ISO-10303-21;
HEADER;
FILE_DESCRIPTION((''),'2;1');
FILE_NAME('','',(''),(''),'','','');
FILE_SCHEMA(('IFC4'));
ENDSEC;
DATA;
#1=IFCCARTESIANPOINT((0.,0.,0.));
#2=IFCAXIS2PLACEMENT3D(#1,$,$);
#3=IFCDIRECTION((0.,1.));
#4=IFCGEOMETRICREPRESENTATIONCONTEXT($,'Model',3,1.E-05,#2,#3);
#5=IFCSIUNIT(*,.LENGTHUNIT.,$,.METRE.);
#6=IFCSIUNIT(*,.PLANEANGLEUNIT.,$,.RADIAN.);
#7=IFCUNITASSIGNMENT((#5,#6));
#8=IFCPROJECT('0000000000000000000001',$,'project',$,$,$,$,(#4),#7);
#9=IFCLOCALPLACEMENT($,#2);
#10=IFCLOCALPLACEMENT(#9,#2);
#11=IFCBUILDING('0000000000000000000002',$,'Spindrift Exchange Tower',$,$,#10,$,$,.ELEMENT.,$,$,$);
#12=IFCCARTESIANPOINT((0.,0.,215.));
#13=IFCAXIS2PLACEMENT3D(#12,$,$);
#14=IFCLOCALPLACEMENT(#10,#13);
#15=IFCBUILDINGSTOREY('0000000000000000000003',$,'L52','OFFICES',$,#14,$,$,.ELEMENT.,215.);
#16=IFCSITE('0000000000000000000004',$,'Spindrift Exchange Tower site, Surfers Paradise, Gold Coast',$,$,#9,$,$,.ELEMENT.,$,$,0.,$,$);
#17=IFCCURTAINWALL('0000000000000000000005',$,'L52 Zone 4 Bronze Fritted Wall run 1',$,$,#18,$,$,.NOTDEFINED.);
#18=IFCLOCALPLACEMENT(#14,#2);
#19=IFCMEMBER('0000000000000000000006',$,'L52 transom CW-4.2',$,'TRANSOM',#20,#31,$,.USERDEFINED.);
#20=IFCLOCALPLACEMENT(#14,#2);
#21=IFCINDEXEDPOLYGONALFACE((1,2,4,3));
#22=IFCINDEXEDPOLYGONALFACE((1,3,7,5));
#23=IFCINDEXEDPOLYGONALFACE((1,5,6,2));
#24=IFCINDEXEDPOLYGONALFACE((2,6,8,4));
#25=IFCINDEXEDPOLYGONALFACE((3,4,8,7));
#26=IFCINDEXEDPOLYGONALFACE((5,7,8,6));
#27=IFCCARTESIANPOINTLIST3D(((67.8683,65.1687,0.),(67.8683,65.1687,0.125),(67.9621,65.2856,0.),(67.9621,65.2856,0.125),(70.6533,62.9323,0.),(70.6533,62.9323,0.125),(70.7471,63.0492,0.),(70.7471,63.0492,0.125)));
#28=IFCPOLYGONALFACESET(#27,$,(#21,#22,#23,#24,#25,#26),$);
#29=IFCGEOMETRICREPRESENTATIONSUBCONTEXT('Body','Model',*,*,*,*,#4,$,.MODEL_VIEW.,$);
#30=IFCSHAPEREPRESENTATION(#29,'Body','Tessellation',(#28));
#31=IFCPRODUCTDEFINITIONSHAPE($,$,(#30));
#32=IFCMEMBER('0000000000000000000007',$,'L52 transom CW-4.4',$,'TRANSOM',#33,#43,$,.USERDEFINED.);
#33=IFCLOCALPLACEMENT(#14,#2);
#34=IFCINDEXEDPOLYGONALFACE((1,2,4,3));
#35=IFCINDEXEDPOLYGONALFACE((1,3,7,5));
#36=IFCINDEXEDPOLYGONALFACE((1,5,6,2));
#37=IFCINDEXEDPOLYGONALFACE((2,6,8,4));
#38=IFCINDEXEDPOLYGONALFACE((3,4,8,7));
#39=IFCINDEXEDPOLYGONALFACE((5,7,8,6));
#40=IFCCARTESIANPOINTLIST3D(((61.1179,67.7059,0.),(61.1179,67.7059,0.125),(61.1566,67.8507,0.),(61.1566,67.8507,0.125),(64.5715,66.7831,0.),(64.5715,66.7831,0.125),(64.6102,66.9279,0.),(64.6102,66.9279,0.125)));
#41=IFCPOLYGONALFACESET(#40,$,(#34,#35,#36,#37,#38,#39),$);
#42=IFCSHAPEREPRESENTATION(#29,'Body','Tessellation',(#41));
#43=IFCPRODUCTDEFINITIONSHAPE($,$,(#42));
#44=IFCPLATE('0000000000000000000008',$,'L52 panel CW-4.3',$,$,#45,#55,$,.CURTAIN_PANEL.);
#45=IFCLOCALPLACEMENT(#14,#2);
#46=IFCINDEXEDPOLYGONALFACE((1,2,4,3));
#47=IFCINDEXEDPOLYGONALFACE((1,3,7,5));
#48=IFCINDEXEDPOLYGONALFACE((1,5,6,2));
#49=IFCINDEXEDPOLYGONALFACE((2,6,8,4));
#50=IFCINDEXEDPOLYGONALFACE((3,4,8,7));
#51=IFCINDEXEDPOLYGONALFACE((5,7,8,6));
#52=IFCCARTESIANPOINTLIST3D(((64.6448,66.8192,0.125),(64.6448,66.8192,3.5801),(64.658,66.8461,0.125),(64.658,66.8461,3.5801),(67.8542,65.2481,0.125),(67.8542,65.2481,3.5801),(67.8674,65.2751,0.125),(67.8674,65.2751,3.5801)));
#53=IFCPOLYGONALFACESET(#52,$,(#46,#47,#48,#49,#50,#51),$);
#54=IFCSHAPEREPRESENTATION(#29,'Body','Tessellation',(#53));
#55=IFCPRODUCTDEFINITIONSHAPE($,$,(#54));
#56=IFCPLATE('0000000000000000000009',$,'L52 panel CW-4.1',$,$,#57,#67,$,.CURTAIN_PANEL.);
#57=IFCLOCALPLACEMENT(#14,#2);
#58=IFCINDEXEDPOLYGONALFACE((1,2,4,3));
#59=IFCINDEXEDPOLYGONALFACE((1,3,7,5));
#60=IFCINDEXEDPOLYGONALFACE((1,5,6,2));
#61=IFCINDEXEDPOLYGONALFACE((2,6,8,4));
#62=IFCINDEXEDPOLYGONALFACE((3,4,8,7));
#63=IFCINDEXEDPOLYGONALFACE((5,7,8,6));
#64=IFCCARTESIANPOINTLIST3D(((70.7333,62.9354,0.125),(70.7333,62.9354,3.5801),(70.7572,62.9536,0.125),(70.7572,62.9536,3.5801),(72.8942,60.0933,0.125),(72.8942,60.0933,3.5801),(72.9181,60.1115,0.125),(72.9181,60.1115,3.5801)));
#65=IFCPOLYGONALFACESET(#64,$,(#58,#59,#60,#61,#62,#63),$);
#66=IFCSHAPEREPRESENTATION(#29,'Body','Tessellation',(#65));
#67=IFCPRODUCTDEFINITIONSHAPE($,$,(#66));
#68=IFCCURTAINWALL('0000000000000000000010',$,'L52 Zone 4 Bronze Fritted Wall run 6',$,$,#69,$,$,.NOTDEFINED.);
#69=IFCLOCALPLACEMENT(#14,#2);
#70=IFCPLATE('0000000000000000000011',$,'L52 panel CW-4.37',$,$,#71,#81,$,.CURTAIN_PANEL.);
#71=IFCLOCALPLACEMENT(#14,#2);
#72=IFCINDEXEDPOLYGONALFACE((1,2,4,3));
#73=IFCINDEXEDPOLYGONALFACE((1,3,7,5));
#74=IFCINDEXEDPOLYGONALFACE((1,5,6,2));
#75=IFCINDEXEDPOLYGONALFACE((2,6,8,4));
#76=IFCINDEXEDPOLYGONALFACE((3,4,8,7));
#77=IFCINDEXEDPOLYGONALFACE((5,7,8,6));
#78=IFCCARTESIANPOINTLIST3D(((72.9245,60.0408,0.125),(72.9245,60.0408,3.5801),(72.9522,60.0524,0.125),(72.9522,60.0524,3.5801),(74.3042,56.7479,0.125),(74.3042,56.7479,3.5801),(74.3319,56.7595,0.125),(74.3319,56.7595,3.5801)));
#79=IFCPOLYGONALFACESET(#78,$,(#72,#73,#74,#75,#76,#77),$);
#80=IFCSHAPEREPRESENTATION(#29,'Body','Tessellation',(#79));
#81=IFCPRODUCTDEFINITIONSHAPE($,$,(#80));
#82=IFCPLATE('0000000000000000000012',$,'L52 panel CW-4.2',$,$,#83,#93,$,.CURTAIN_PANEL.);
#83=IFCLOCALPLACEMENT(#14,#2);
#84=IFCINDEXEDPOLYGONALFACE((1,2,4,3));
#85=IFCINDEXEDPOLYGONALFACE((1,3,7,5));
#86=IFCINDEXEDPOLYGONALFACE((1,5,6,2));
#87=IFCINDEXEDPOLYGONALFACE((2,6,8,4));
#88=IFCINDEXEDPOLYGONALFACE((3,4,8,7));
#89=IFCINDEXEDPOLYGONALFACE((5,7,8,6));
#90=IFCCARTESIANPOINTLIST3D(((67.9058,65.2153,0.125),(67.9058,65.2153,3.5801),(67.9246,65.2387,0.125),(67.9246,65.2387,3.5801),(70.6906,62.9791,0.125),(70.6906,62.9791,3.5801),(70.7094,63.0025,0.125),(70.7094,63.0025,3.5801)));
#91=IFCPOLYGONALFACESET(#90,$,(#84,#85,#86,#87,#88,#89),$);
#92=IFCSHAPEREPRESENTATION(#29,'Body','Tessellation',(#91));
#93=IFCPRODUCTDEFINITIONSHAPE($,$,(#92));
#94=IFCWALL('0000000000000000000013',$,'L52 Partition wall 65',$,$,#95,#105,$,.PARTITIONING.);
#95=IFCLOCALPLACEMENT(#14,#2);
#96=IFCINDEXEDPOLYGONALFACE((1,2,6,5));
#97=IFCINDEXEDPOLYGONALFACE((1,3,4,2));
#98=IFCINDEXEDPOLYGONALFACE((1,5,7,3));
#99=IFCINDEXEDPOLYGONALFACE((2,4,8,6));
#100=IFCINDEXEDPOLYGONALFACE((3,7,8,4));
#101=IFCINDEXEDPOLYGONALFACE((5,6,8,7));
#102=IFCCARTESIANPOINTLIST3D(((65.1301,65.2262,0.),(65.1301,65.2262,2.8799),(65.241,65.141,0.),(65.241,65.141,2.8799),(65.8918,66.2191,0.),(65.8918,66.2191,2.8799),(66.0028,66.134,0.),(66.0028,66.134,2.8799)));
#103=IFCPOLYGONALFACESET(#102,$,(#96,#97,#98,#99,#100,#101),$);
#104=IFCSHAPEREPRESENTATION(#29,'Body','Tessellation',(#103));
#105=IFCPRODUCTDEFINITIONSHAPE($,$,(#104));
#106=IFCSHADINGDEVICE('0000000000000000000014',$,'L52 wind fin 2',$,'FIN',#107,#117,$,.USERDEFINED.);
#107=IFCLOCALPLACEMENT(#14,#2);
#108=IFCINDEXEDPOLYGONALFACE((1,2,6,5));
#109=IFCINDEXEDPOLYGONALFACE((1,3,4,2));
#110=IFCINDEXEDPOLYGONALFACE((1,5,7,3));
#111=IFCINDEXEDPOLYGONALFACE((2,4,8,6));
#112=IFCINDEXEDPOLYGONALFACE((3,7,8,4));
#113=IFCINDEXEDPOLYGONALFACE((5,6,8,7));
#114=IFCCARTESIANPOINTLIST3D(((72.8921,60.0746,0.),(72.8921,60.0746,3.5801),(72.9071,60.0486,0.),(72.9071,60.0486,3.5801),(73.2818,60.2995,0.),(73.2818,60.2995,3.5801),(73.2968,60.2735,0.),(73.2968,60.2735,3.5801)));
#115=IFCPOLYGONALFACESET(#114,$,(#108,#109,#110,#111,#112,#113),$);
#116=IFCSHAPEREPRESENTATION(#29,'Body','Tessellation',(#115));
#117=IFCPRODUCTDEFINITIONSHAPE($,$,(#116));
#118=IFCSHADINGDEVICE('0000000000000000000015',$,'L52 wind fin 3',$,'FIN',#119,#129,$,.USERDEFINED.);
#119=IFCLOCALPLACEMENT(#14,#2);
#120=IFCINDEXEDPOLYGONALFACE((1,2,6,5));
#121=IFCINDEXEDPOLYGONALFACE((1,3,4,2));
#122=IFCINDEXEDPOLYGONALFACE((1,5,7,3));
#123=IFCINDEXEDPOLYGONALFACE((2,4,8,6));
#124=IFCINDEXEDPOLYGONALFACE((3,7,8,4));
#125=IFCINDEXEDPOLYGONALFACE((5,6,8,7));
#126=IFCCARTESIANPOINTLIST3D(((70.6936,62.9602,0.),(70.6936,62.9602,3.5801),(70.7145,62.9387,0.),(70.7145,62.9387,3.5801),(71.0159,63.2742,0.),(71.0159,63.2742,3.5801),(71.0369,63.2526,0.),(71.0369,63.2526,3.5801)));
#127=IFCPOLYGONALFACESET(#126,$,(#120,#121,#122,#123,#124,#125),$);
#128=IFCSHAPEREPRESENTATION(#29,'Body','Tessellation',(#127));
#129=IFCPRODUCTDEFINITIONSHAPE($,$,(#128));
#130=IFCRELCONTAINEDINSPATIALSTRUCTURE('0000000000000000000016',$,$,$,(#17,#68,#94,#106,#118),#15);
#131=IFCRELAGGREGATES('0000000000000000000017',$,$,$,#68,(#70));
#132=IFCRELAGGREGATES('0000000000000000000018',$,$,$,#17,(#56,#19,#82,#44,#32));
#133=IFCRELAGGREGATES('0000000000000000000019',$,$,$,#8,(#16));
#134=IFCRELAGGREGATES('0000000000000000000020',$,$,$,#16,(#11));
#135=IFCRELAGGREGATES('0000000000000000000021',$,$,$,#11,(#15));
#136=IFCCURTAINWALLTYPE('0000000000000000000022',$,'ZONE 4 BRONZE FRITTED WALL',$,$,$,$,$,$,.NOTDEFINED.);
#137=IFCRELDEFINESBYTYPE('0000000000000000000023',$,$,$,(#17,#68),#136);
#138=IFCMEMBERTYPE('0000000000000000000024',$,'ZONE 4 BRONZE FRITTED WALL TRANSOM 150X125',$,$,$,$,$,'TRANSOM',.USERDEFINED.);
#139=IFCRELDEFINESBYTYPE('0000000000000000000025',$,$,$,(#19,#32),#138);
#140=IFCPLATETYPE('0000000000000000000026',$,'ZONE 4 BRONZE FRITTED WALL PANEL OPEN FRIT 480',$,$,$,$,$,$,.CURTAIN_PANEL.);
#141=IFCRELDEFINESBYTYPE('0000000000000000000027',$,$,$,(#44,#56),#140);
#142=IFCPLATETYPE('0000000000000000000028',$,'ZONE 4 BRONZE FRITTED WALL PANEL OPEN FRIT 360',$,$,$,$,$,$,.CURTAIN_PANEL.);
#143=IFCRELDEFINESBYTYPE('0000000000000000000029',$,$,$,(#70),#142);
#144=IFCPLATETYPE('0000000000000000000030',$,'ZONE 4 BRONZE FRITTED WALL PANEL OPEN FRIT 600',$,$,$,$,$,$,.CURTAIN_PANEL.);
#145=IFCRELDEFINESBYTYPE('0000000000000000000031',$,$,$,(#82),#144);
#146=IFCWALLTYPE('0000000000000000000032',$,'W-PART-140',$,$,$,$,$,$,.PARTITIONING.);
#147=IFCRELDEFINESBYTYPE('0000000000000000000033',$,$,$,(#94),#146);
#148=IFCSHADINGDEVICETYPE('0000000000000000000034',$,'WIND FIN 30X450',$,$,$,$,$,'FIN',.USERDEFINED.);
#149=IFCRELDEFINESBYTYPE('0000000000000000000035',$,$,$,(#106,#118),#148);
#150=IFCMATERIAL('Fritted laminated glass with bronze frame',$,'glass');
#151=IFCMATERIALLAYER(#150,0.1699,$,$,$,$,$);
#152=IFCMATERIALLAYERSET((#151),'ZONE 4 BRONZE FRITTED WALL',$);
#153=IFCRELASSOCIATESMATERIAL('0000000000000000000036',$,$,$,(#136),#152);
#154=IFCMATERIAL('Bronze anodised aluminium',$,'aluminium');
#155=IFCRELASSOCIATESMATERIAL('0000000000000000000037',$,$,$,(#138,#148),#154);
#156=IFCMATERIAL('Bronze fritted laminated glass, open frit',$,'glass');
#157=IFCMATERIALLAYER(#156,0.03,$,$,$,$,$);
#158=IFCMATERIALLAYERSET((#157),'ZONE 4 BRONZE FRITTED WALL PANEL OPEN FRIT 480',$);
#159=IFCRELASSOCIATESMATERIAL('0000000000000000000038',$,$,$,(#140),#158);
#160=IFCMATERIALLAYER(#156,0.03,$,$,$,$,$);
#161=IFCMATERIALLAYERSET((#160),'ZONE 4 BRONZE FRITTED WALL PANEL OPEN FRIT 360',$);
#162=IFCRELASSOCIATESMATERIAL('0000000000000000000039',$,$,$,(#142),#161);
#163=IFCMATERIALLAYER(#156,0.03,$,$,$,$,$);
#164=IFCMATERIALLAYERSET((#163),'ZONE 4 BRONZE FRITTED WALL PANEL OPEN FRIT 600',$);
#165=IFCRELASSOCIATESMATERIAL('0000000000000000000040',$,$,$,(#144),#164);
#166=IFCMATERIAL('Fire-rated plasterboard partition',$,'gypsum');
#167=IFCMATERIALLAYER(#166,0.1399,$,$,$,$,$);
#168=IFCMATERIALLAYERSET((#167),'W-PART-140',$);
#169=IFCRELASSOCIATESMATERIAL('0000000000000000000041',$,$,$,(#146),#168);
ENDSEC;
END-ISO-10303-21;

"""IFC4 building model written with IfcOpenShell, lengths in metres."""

from ifc_helpers import new_model, si_unit, direction, frame, frame_2d, origin, origin_2d, place, context, subcontext, project, spatial, rectangle, extrude, source, transform, mapped, material, layer, layer_set, material_profile, profile_set, type_object, element, aggregate, save


model = new_model("IFC4")

# Units and contexts
model_context = context("Model", 3, precision=1e-05, world=origin(), true_north=direction((0.0, 1.0)))
body_context = subcontext(model_context, "Body", "Model", "MODEL_VIEW")
ifc_project = project(units=[si_unit("LENGTHUNIT", "METRE"), si_unit("PLANEANGLEUNIT", "RADIAN")], contexts=[model_context])

# Site, building, storey
site_placement = place(None, origin())
site = spatial("IfcSite", under=ifc_project, at=site_placement, Name="Spindrift Exchange Tower site, Surfers Paradise, Gold Coast", CompositionType="ELEMENT", RefElevation=0.0)
building_placement = place(site_placement, origin())
building = spatial("IfcBuilding", under=site, at=building_placement, Name="Spindrift Exchange Tower", CompositionType="ELEMENT")
storey_placement = place(building_placement, frame((0.0, 0.0, 215.0)))
storey = spatial("IfcBuildingStorey", under=building, at=storey_placement, Name="L52", Description="OFFICES", CompositionType="ELEMENT", Elevation=215.0)

# Curtain wall, members, plates
ifc_material_1 = material(Name="Fritted laminated glass with bronze frame", Category="glass")
ifc_layer_1 = layer(ifc_material_1, 0.1699)
ifc_layer_set_1 = layer_set([ifc_layer_1], Name="ZONE 4 BRONZE FRITTED WALL")
curtain_wall_type = type_object("IfcCurtainWallType", Name="ZONE 4 BRONZE FRITTED WALL", PredefinedType="NOTDEFINED", material=ifc_layer_set_1)
curtain_wall_1_placement = place(storey_placement, origin())
curtain_wall_1 = element("IfcCurtainWall", 1, at=curtain_wall_1_placement, inside=storey, type_object=curtain_wall_type, Name="L52 Zone 4 Bronze Fritted Wall run 1", PredefinedType="NOTDEFINED")
ifc_material_2 = material(Name="Bronze anodised aluminium", Category="aluminium")
ifc_material_profile_1 = material_profile(ifc_material_2, rectangle(XDim=0.1499, YDim=0.125, at=origin_2d()), Name="ZONE 4 BRONZE FRITTED WALL TRANSOM 150X125")
ifc_profile_set_1 = profile_set([ifc_material_profile_1], Name="Bronze anodised aluminium")
member_type_1 = type_object("IfcMemberType", Name="ZONE 4 BRONZE FRITTED WALL TRANSOM 150X125", ElementType="TRANSOM", PredefinedType="USERDEFINED", material=ifc_profile_set_1)
shared_shape_1 = source(origin(), body_context, "Body", "SweptSolid", [
    extrude(rectangle(XDim=0.1499, YDim=0.125, at=origin_2d()), origin(), (0.0, 0.0, 1.0), 3.5718),
])
member_1_placement = place(storey_placement, frame((70.7002, 62.9907, 0.0625), z_axis=(-0.77972, 0.626128, 0.0), x_axis=(-0.626128, -0.77972, 0.0)))
member_1 = element("IfcMember", 2, at=member_1_placement, type_object=member_type_1, Name="L52 transom CW-4.2", ObjectType="TRANSOM", PredefinedType="USERDEFINED", context=body_context, shape_type="MappedRepresentation", body=[
    mapped(shared_shape_1, transform((0.0, 0.0, 0.0), scale=1.0)),
])
shared_shape_2 = source(origin(), body_context, "Body", "SweptSolid", [
    extrude(rectangle(XDim=0.1499, YDim=0.125, at=origin_2d()), origin(), (0.0, 0.0, 1.0), 3.5747),
])
member_2_placement = place(storey_placement, frame((64.5908, 66.8555, 0.0625), z_axis=(-0.966103, 0.258156, 0.0), x_axis=(-0.258156, -0.966103, 0.0)))
member_2 = element("IfcMember", 3, at=member_2_placement, type_object=member_type_1, Name="L52 transom CW-4.4", ObjectType="TRANSOM", PredefinedType="USERDEFINED", context=body_context, shape_type="MappedRepresentation", body=[
    mapped(shared_shape_2, transform((0.0, 0.0, 0.0), scale=1.0)),
])
ifc_material_3 = material(Name="Bronze fritted laminated glass, open frit", Category="glass")
ifc_layer_2 = layer(ifc_material_3, 0.03)
ifc_layer_set_2 = layer_set([ifc_layer_2], Name="ZONE 4 BRONZE FRITTED WALL PANEL OPEN FRIT 480")
plate_type_1 = type_object("IfcPlateType", Name="ZONE 4 BRONZE FRITTED WALL PANEL OPEN FRIT 480", PredefinedType="CURTAIN_PANEL", material=ifc_layer_set_2)
shared_shape_3 = source(origin(), body_context, "Body", "SweptSolid", [
    extrude(rectangle(XDim=3.5732, YDim=0.03, at=origin_2d()), origin(), (0.0, 0.0, 1.0), 3.4551),
])
plate_1_placement = place(storey_placement, frame((66.2561, 66.0471, 0.125), z_axis=(0.0, 0.0, 1.0), x_axis=(-0.898156, 0.439677, 0.0)))
plate_1 = element("IfcPlate", 4, at=plate_1_placement, type_object=plate_type_1, Name="L52 panel CW-4.3", PredefinedType="CURTAIN_PANEL", context=body_context, shape_type="MappedRepresentation", body=[
    mapped(shared_shape_3, transform((0.0, 0.0, 0.0), scale=1.0)),
])
shared_shape_4 = source(origin(), body_context, "Body", "SweptSolid", [
    extrude(rectangle(XDim=3.5703, YDim=0.03, at=origin_2d()), origin(), (0.0, 0.0, 1.0), 3.4551),
])
plate_2_placement = place(storey_placement, frame((71.8257, 61.5234, 0.125), z_axis=(0.0, 0.0, 1.0), x_axis=(-0.605243, 0.796041, 0.0)))
plate_2 = element("IfcPlate", 5, at=plate_2_placement, type_object=plate_type_1, Name="L52 panel CW-4.1", PredefinedType="CURTAIN_PANEL", context=body_context, shape_type="MappedRepresentation", body=[
    mapped(shared_shape_4, transform((0.0, 0.0, 0.0), scale=1.0)),
])

# Curtain wall, plate
curtain_wall_2_placement = place(storey_placement, origin())
curtain_wall_2 = element("IfcCurtainWall", 6, at=curtain_wall_2_placement, inside=storey, type_object=curtain_wall_type, Name="L52 Zone 4 Bronze Fritted Wall run 6", PredefinedType="NOTDEFINED")
ifc_layer_3 = layer(ifc_material_3, 0.03)
ifc_layer_set_3 = layer_set([ifc_layer_3], Name="ZONE 4 BRONZE FRITTED WALL PANEL OPEN FRIT 360")
plate_type_2 = type_object("IfcPlateType", Name="ZONE 4 BRONZE FRITTED WALL PANEL OPEN FRIT 360", PredefinedType="CURTAIN_PANEL", material=ifc_layer_set_3)
shared_shape_5 = source(origin(), body_context, "Body", "SweptSolid", [
    extrude(rectangle(XDim=3.5703, YDim=0.03, at=origin_2d()), origin(), (0.0, 0.0, 1.0), 3.4551),
])
plate_3_placement = place(storey_placement, frame((73.6282, 58.4001, 0.125), z_axis=(0.0, 0.0, 1.0), x_axis=(-0.386442, 0.922314, 0.0)))
plate_3 = element("IfcPlate", 7, at=plate_3_placement, type_object=plate_type_2, Name="L52 panel CW-4.37", PredefinedType="CURTAIN_PANEL", context=body_context, shape_type="MappedRepresentation", body=[
    mapped(shared_shape_5, transform((0.0, 0.0, 0.0), scale=1.0)),
])
aggregate(curtain_wall_2, [plate_3])

# Plate
ifc_layer_4 = layer(ifc_material_3, 0.03)
ifc_layer_set_4 = layer_set([ifc_layer_4], Name="ZONE 4 BRONZE FRITTED WALL PANEL OPEN FRIT 600")
plate_type_3 = type_object("IfcPlateType", Name="ZONE 4 BRONZE FRITTED WALL PANEL OPEN FRIT 600", PredefinedType="CURTAIN_PANEL", material=ifc_layer_set_4)
shared_shape_6 = source(origin(), body_context, "Body", "SweptSolid", [
    extrude(rectangle(XDim=3.5715, YDim=0.03, at=origin_2d()), origin(), (0.0, 0.0, 1.0), 3.4551),
])
plate_4_placement = place(storey_placement, frame((69.3076, 64.1089, 0.125), z_axis=(0.0, 0.0, 1.0), x_axis=(-0.779727, 0.626119, 0.0)))
plate_4 = element("IfcPlate", 8, at=plate_4_placement, type_object=plate_type_3, Name="L52 panel CW-4.2", PredefinedType="CURTAIN_PANEL", context=body_context, shape_type="MappedRepresentation", body=[
    mapped(shared_shape_6, transform((0.0, 0.0, 0.0), scale=1.0)),
])
aggregate(curtain_wall_1, [plate_2, member_1, plate_4, plate_1, member_2])

# Wall
ifc_material_4 = material(Name="Fire-rated plasterboard partition", Category="gypsum")
ifc_layer_5 = layer(ifc_material_4, 0.1399)
ifc_layer_set_5 = layer_set([ifc_layer_5], Name="W-PART-140")
wall_type = type_object("IfcWallType", Name="W-PART-140", PredefinedType="PARTITIONING", material=ifc_layer_set_5)
wall_placement = place(storey_placement, frame((65.1855, 65.1836, 0.0), z_axis=(0.0, 0.0, 1.0), x_axis=(0.608673, 0.793421, 0.0)))
element("IfcWall", 9, at=wall_placement, inside=storey, type_object=wall_type, Name="L52 Partition wall 65", PredefinedType="PARTITIONING", context=body_context, shape_type="SweptSolid", body=[
    extrude(rectangle(XDim=1.2515, YDim=0.1399, at=frame_2d((0.6257, 0.0))), origin(), (0.0, 0.0, 1.0), 2.8799),
])

# Shading devices
ifc_material_profile_2 = material_profile(ifc_material_2, rectangle(XDim=0.03, YDim=0.45, at=origin_2d()), Name="WIND FIN 30X450")
ifc_profile_set_2 = profile_set([ifc_material_profile_2], Name="Bronze anodised aluminium")
shading_device_type = type_object("IfcShadingDeviceType", Name="WIND FIN 30X450", ElementType="FIN", PredefinedType="USERDEFINED", material=ifc_profile_set_2)
shared_shape_7 = source(origin(), body_context, "Body", "SweptSolid", [
    extrude(rectangle(XDim=0.03, YDim=0.45, at=origin_2d()), origin(), (0.0, 0.0, 1.0), 3.5801),
])
for number, where, z_axis, x_axis, name in (
    (10, (73.0945, 60.1741, 0.0), (0.0, 0.0, 1.0), (-0.499846, 0.866114, 0.0), "L52 wind fin 2"),
    (11, (70.8652, 63.1064, 0.0), (0.0, 0.0, 1.0), (-0.697677, 0.716413, 0.0), "L52 wind fin 3"),
):
    element("IfcShadingDevice", number, at=place(storey_placement, frame(where, z_axis=z_axis, x_axis=x_axis)), inside=storey, type_object=shading_device_type, Name=name, ObjectType="FIN", PredefinedType="USERDEFINED", context=body_context, shape_type="MappedRepresentation", body=[
        mapped(shared_shape_7, transform((0.0, 0.0, 0.0), scale=1.0)),
    ])

save(model, "model.ifc")
